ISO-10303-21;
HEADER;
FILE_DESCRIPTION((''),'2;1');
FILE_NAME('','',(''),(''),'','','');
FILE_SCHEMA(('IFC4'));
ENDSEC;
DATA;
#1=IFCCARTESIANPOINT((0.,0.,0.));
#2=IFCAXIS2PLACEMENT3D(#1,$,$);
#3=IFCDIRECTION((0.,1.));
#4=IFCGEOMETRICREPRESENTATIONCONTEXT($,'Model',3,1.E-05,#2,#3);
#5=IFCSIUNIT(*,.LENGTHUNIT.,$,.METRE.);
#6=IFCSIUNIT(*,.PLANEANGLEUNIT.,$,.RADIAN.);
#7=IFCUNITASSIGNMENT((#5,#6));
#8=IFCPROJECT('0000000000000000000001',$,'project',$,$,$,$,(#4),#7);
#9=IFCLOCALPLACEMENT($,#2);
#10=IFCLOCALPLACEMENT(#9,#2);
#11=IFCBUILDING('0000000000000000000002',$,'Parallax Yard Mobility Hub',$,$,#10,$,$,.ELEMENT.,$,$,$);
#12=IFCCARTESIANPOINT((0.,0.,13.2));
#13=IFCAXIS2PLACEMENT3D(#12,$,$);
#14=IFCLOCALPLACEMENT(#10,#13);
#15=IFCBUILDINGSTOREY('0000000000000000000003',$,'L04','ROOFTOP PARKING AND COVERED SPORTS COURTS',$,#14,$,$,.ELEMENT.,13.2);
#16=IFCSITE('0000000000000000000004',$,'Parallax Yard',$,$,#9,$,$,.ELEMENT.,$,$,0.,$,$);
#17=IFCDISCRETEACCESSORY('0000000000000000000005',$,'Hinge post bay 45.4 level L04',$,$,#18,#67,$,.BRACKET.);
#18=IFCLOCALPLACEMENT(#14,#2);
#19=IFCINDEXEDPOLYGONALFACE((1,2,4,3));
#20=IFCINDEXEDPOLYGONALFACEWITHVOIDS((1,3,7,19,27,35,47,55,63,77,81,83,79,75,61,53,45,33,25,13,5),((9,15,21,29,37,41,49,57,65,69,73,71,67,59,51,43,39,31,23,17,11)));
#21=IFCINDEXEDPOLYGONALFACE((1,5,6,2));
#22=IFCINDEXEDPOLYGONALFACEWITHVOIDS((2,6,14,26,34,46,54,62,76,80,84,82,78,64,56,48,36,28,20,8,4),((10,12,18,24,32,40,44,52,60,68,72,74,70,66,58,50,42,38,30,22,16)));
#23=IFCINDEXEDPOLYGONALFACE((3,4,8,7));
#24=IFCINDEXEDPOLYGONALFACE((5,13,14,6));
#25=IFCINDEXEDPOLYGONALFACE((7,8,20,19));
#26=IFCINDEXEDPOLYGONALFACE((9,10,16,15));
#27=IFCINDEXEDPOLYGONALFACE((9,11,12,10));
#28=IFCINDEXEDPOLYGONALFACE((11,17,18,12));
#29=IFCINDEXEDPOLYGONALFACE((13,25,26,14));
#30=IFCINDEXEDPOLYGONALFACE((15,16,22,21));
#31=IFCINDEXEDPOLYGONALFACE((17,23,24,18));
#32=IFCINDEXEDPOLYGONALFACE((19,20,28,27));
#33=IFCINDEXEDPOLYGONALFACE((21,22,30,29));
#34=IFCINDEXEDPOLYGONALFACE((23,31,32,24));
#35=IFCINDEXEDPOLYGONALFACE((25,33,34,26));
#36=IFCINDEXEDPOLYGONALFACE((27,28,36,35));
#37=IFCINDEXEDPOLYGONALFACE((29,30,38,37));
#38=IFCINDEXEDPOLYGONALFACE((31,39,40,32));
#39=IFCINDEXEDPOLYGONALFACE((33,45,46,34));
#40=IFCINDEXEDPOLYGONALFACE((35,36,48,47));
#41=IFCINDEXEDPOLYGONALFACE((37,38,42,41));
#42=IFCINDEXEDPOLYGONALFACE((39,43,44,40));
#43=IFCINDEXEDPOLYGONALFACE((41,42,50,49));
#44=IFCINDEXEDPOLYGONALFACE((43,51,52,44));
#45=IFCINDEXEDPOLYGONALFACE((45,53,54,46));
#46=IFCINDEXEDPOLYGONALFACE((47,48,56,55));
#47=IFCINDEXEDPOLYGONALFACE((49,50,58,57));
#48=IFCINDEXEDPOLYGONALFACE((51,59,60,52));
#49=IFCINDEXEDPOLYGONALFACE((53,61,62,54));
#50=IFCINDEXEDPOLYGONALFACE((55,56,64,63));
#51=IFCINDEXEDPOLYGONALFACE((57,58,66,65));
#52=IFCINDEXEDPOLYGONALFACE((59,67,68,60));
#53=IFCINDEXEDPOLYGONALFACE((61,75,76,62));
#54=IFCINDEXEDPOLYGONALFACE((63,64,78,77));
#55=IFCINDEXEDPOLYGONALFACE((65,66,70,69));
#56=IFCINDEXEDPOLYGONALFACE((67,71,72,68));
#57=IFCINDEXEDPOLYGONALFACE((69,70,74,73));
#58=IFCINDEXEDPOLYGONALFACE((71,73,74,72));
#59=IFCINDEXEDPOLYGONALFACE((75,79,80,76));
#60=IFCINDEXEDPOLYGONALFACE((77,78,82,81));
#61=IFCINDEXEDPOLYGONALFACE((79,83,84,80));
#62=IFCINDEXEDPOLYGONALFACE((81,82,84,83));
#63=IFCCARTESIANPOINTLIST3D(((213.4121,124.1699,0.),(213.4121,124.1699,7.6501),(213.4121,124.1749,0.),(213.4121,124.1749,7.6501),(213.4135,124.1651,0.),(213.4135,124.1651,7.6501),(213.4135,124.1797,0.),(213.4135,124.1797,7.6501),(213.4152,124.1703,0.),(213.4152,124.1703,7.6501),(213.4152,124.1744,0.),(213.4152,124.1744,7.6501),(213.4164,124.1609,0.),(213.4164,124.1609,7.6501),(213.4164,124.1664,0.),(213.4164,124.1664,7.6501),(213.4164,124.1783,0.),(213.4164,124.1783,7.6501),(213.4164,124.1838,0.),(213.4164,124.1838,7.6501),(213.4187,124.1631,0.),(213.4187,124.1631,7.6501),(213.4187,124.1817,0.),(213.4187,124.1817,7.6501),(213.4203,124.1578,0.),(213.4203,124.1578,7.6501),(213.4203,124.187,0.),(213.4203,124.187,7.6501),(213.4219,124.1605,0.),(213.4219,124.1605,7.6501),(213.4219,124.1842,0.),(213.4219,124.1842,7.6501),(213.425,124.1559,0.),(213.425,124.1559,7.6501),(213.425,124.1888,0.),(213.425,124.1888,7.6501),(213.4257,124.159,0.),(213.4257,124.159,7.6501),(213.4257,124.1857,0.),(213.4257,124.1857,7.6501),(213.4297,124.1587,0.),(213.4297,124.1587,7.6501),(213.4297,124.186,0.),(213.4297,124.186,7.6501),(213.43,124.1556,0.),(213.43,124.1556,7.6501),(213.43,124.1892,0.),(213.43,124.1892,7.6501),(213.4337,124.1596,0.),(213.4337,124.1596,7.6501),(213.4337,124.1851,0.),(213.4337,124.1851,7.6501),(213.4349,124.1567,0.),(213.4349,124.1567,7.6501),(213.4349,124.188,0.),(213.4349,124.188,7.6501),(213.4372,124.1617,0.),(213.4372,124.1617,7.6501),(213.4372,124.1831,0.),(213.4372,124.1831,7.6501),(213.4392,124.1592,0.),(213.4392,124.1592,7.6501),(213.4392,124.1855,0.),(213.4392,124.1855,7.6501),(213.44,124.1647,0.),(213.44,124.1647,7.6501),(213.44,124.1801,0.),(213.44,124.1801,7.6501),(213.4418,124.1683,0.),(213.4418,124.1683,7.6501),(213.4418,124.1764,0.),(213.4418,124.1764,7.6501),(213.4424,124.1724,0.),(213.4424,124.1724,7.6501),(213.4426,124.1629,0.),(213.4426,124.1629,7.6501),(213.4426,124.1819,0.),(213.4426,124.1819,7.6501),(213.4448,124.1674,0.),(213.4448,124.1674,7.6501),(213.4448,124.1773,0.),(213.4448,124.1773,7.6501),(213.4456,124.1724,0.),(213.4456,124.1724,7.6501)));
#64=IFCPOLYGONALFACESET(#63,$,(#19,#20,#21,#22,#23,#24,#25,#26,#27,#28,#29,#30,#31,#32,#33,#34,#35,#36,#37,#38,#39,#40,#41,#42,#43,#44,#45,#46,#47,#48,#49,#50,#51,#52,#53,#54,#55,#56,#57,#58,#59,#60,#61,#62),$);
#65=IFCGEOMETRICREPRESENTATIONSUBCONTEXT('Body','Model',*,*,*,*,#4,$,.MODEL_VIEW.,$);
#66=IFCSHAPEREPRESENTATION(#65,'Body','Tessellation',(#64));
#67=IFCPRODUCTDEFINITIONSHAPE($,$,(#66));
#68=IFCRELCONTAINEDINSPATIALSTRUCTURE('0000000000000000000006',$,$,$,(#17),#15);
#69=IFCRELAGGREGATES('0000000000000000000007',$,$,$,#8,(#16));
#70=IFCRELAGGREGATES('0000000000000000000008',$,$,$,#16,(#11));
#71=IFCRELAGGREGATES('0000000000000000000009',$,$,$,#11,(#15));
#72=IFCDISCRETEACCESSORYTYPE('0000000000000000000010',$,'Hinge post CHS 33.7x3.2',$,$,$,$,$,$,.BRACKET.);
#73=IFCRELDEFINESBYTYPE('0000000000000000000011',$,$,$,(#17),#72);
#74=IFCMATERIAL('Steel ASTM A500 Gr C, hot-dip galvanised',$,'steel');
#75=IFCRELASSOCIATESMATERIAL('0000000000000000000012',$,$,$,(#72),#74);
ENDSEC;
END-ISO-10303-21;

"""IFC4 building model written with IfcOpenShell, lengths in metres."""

from ifc_helpers import new_model, si_unit, direction, frame, origin, origin_2d, place, context, subcontext, project, spatial, hollow_circle, extrude, material, material_profile, profile_set, type_object, element, save


model = new_model("IFC4")

# Units and contexts
model_context = context("Model", 3, precision=1e-05, world=origin(), true_north=direction((0.0, 1.0)))
body_context = subcontext(model_context, "Body", "Model", "MODEL_VIEW")
ifc_project = project(units=[si_unit("LENGTHUNIT", "METRE"), si_unit("PLANEANGLEUNIT", "RADIAN")], contexts=[model_context])

# Site, building, storey
site_placement = place(None, origin())
site = spatial("IfcSite", under=ifc_project, at=site_placement, Name="Parallax Yard", CompositionType="ELEMENT", RefElevation=0.0)
building_placement = place(site_placement, origin())
building = spatial("IfcBuilding", under=site, at=building_placement, Name="Parallax Yard Mobility Hub", CompositionType="ELEMENT")
storey_placement = place(building_placement, frame((0.0, 0.0, 13.2)))
storey = spatial("IfcBuildingStorey", under=building, at=storey_placement, Name="L04", Description="ROOFTOP PARKING AND COVERED SPORTS COURTS", CompositionType="ELEMENT", Elevation=13.2)

# Discrete accessory
ifc_material_1 = material(Name="Steel ASTM A500 Gr C, hot-dip galvanised", Category="steel")
ifc_material_profile_1 = material_profile(ifc_material_1, hollow_circle(Radius=0.0168, WallThickness=0.0032, at=origin_2d()), Name="CHS 33.7x3.2")
ifc_profile_set_1 = profile_set([ifc_material_profile_1], Name="Steel ASTM A500 Gr C, hot-dip galvanised")
discrete_accessory_type_1 = type_object("IfcDiscreteAccessoryType", Name="Hinge post CHS 33.7x3.2", PredefinedType="BRACKET", material=ifc_profile_set_1)
for number, where, z_axis, x_axis, name in (
    (1, (213.4287, 124.1724, 0.0), (0.0, 0.0, 1.0), (1.0, 0.0, 0.0), "Hinge post bay 45.4 level L04"),
):
    element("IfcDiscreteAccessory", number, at=place(storey_placement, frame(where, z_axis=z_axis, x_axis=x_axis)), inside=storey, type_object=discrete_accessory_type_1, Name=name, PredefinedType="BRACKET", context=body_context, shape_type="SweptSolid", body=[
        extrude(hollow_circle(Radius=0.0168, WallThickness=0.0032, at=origin_2d()), origin(), (0.0, 0.0, 1.0), 7.6501),
    ])

save(model, "model.ifc")
